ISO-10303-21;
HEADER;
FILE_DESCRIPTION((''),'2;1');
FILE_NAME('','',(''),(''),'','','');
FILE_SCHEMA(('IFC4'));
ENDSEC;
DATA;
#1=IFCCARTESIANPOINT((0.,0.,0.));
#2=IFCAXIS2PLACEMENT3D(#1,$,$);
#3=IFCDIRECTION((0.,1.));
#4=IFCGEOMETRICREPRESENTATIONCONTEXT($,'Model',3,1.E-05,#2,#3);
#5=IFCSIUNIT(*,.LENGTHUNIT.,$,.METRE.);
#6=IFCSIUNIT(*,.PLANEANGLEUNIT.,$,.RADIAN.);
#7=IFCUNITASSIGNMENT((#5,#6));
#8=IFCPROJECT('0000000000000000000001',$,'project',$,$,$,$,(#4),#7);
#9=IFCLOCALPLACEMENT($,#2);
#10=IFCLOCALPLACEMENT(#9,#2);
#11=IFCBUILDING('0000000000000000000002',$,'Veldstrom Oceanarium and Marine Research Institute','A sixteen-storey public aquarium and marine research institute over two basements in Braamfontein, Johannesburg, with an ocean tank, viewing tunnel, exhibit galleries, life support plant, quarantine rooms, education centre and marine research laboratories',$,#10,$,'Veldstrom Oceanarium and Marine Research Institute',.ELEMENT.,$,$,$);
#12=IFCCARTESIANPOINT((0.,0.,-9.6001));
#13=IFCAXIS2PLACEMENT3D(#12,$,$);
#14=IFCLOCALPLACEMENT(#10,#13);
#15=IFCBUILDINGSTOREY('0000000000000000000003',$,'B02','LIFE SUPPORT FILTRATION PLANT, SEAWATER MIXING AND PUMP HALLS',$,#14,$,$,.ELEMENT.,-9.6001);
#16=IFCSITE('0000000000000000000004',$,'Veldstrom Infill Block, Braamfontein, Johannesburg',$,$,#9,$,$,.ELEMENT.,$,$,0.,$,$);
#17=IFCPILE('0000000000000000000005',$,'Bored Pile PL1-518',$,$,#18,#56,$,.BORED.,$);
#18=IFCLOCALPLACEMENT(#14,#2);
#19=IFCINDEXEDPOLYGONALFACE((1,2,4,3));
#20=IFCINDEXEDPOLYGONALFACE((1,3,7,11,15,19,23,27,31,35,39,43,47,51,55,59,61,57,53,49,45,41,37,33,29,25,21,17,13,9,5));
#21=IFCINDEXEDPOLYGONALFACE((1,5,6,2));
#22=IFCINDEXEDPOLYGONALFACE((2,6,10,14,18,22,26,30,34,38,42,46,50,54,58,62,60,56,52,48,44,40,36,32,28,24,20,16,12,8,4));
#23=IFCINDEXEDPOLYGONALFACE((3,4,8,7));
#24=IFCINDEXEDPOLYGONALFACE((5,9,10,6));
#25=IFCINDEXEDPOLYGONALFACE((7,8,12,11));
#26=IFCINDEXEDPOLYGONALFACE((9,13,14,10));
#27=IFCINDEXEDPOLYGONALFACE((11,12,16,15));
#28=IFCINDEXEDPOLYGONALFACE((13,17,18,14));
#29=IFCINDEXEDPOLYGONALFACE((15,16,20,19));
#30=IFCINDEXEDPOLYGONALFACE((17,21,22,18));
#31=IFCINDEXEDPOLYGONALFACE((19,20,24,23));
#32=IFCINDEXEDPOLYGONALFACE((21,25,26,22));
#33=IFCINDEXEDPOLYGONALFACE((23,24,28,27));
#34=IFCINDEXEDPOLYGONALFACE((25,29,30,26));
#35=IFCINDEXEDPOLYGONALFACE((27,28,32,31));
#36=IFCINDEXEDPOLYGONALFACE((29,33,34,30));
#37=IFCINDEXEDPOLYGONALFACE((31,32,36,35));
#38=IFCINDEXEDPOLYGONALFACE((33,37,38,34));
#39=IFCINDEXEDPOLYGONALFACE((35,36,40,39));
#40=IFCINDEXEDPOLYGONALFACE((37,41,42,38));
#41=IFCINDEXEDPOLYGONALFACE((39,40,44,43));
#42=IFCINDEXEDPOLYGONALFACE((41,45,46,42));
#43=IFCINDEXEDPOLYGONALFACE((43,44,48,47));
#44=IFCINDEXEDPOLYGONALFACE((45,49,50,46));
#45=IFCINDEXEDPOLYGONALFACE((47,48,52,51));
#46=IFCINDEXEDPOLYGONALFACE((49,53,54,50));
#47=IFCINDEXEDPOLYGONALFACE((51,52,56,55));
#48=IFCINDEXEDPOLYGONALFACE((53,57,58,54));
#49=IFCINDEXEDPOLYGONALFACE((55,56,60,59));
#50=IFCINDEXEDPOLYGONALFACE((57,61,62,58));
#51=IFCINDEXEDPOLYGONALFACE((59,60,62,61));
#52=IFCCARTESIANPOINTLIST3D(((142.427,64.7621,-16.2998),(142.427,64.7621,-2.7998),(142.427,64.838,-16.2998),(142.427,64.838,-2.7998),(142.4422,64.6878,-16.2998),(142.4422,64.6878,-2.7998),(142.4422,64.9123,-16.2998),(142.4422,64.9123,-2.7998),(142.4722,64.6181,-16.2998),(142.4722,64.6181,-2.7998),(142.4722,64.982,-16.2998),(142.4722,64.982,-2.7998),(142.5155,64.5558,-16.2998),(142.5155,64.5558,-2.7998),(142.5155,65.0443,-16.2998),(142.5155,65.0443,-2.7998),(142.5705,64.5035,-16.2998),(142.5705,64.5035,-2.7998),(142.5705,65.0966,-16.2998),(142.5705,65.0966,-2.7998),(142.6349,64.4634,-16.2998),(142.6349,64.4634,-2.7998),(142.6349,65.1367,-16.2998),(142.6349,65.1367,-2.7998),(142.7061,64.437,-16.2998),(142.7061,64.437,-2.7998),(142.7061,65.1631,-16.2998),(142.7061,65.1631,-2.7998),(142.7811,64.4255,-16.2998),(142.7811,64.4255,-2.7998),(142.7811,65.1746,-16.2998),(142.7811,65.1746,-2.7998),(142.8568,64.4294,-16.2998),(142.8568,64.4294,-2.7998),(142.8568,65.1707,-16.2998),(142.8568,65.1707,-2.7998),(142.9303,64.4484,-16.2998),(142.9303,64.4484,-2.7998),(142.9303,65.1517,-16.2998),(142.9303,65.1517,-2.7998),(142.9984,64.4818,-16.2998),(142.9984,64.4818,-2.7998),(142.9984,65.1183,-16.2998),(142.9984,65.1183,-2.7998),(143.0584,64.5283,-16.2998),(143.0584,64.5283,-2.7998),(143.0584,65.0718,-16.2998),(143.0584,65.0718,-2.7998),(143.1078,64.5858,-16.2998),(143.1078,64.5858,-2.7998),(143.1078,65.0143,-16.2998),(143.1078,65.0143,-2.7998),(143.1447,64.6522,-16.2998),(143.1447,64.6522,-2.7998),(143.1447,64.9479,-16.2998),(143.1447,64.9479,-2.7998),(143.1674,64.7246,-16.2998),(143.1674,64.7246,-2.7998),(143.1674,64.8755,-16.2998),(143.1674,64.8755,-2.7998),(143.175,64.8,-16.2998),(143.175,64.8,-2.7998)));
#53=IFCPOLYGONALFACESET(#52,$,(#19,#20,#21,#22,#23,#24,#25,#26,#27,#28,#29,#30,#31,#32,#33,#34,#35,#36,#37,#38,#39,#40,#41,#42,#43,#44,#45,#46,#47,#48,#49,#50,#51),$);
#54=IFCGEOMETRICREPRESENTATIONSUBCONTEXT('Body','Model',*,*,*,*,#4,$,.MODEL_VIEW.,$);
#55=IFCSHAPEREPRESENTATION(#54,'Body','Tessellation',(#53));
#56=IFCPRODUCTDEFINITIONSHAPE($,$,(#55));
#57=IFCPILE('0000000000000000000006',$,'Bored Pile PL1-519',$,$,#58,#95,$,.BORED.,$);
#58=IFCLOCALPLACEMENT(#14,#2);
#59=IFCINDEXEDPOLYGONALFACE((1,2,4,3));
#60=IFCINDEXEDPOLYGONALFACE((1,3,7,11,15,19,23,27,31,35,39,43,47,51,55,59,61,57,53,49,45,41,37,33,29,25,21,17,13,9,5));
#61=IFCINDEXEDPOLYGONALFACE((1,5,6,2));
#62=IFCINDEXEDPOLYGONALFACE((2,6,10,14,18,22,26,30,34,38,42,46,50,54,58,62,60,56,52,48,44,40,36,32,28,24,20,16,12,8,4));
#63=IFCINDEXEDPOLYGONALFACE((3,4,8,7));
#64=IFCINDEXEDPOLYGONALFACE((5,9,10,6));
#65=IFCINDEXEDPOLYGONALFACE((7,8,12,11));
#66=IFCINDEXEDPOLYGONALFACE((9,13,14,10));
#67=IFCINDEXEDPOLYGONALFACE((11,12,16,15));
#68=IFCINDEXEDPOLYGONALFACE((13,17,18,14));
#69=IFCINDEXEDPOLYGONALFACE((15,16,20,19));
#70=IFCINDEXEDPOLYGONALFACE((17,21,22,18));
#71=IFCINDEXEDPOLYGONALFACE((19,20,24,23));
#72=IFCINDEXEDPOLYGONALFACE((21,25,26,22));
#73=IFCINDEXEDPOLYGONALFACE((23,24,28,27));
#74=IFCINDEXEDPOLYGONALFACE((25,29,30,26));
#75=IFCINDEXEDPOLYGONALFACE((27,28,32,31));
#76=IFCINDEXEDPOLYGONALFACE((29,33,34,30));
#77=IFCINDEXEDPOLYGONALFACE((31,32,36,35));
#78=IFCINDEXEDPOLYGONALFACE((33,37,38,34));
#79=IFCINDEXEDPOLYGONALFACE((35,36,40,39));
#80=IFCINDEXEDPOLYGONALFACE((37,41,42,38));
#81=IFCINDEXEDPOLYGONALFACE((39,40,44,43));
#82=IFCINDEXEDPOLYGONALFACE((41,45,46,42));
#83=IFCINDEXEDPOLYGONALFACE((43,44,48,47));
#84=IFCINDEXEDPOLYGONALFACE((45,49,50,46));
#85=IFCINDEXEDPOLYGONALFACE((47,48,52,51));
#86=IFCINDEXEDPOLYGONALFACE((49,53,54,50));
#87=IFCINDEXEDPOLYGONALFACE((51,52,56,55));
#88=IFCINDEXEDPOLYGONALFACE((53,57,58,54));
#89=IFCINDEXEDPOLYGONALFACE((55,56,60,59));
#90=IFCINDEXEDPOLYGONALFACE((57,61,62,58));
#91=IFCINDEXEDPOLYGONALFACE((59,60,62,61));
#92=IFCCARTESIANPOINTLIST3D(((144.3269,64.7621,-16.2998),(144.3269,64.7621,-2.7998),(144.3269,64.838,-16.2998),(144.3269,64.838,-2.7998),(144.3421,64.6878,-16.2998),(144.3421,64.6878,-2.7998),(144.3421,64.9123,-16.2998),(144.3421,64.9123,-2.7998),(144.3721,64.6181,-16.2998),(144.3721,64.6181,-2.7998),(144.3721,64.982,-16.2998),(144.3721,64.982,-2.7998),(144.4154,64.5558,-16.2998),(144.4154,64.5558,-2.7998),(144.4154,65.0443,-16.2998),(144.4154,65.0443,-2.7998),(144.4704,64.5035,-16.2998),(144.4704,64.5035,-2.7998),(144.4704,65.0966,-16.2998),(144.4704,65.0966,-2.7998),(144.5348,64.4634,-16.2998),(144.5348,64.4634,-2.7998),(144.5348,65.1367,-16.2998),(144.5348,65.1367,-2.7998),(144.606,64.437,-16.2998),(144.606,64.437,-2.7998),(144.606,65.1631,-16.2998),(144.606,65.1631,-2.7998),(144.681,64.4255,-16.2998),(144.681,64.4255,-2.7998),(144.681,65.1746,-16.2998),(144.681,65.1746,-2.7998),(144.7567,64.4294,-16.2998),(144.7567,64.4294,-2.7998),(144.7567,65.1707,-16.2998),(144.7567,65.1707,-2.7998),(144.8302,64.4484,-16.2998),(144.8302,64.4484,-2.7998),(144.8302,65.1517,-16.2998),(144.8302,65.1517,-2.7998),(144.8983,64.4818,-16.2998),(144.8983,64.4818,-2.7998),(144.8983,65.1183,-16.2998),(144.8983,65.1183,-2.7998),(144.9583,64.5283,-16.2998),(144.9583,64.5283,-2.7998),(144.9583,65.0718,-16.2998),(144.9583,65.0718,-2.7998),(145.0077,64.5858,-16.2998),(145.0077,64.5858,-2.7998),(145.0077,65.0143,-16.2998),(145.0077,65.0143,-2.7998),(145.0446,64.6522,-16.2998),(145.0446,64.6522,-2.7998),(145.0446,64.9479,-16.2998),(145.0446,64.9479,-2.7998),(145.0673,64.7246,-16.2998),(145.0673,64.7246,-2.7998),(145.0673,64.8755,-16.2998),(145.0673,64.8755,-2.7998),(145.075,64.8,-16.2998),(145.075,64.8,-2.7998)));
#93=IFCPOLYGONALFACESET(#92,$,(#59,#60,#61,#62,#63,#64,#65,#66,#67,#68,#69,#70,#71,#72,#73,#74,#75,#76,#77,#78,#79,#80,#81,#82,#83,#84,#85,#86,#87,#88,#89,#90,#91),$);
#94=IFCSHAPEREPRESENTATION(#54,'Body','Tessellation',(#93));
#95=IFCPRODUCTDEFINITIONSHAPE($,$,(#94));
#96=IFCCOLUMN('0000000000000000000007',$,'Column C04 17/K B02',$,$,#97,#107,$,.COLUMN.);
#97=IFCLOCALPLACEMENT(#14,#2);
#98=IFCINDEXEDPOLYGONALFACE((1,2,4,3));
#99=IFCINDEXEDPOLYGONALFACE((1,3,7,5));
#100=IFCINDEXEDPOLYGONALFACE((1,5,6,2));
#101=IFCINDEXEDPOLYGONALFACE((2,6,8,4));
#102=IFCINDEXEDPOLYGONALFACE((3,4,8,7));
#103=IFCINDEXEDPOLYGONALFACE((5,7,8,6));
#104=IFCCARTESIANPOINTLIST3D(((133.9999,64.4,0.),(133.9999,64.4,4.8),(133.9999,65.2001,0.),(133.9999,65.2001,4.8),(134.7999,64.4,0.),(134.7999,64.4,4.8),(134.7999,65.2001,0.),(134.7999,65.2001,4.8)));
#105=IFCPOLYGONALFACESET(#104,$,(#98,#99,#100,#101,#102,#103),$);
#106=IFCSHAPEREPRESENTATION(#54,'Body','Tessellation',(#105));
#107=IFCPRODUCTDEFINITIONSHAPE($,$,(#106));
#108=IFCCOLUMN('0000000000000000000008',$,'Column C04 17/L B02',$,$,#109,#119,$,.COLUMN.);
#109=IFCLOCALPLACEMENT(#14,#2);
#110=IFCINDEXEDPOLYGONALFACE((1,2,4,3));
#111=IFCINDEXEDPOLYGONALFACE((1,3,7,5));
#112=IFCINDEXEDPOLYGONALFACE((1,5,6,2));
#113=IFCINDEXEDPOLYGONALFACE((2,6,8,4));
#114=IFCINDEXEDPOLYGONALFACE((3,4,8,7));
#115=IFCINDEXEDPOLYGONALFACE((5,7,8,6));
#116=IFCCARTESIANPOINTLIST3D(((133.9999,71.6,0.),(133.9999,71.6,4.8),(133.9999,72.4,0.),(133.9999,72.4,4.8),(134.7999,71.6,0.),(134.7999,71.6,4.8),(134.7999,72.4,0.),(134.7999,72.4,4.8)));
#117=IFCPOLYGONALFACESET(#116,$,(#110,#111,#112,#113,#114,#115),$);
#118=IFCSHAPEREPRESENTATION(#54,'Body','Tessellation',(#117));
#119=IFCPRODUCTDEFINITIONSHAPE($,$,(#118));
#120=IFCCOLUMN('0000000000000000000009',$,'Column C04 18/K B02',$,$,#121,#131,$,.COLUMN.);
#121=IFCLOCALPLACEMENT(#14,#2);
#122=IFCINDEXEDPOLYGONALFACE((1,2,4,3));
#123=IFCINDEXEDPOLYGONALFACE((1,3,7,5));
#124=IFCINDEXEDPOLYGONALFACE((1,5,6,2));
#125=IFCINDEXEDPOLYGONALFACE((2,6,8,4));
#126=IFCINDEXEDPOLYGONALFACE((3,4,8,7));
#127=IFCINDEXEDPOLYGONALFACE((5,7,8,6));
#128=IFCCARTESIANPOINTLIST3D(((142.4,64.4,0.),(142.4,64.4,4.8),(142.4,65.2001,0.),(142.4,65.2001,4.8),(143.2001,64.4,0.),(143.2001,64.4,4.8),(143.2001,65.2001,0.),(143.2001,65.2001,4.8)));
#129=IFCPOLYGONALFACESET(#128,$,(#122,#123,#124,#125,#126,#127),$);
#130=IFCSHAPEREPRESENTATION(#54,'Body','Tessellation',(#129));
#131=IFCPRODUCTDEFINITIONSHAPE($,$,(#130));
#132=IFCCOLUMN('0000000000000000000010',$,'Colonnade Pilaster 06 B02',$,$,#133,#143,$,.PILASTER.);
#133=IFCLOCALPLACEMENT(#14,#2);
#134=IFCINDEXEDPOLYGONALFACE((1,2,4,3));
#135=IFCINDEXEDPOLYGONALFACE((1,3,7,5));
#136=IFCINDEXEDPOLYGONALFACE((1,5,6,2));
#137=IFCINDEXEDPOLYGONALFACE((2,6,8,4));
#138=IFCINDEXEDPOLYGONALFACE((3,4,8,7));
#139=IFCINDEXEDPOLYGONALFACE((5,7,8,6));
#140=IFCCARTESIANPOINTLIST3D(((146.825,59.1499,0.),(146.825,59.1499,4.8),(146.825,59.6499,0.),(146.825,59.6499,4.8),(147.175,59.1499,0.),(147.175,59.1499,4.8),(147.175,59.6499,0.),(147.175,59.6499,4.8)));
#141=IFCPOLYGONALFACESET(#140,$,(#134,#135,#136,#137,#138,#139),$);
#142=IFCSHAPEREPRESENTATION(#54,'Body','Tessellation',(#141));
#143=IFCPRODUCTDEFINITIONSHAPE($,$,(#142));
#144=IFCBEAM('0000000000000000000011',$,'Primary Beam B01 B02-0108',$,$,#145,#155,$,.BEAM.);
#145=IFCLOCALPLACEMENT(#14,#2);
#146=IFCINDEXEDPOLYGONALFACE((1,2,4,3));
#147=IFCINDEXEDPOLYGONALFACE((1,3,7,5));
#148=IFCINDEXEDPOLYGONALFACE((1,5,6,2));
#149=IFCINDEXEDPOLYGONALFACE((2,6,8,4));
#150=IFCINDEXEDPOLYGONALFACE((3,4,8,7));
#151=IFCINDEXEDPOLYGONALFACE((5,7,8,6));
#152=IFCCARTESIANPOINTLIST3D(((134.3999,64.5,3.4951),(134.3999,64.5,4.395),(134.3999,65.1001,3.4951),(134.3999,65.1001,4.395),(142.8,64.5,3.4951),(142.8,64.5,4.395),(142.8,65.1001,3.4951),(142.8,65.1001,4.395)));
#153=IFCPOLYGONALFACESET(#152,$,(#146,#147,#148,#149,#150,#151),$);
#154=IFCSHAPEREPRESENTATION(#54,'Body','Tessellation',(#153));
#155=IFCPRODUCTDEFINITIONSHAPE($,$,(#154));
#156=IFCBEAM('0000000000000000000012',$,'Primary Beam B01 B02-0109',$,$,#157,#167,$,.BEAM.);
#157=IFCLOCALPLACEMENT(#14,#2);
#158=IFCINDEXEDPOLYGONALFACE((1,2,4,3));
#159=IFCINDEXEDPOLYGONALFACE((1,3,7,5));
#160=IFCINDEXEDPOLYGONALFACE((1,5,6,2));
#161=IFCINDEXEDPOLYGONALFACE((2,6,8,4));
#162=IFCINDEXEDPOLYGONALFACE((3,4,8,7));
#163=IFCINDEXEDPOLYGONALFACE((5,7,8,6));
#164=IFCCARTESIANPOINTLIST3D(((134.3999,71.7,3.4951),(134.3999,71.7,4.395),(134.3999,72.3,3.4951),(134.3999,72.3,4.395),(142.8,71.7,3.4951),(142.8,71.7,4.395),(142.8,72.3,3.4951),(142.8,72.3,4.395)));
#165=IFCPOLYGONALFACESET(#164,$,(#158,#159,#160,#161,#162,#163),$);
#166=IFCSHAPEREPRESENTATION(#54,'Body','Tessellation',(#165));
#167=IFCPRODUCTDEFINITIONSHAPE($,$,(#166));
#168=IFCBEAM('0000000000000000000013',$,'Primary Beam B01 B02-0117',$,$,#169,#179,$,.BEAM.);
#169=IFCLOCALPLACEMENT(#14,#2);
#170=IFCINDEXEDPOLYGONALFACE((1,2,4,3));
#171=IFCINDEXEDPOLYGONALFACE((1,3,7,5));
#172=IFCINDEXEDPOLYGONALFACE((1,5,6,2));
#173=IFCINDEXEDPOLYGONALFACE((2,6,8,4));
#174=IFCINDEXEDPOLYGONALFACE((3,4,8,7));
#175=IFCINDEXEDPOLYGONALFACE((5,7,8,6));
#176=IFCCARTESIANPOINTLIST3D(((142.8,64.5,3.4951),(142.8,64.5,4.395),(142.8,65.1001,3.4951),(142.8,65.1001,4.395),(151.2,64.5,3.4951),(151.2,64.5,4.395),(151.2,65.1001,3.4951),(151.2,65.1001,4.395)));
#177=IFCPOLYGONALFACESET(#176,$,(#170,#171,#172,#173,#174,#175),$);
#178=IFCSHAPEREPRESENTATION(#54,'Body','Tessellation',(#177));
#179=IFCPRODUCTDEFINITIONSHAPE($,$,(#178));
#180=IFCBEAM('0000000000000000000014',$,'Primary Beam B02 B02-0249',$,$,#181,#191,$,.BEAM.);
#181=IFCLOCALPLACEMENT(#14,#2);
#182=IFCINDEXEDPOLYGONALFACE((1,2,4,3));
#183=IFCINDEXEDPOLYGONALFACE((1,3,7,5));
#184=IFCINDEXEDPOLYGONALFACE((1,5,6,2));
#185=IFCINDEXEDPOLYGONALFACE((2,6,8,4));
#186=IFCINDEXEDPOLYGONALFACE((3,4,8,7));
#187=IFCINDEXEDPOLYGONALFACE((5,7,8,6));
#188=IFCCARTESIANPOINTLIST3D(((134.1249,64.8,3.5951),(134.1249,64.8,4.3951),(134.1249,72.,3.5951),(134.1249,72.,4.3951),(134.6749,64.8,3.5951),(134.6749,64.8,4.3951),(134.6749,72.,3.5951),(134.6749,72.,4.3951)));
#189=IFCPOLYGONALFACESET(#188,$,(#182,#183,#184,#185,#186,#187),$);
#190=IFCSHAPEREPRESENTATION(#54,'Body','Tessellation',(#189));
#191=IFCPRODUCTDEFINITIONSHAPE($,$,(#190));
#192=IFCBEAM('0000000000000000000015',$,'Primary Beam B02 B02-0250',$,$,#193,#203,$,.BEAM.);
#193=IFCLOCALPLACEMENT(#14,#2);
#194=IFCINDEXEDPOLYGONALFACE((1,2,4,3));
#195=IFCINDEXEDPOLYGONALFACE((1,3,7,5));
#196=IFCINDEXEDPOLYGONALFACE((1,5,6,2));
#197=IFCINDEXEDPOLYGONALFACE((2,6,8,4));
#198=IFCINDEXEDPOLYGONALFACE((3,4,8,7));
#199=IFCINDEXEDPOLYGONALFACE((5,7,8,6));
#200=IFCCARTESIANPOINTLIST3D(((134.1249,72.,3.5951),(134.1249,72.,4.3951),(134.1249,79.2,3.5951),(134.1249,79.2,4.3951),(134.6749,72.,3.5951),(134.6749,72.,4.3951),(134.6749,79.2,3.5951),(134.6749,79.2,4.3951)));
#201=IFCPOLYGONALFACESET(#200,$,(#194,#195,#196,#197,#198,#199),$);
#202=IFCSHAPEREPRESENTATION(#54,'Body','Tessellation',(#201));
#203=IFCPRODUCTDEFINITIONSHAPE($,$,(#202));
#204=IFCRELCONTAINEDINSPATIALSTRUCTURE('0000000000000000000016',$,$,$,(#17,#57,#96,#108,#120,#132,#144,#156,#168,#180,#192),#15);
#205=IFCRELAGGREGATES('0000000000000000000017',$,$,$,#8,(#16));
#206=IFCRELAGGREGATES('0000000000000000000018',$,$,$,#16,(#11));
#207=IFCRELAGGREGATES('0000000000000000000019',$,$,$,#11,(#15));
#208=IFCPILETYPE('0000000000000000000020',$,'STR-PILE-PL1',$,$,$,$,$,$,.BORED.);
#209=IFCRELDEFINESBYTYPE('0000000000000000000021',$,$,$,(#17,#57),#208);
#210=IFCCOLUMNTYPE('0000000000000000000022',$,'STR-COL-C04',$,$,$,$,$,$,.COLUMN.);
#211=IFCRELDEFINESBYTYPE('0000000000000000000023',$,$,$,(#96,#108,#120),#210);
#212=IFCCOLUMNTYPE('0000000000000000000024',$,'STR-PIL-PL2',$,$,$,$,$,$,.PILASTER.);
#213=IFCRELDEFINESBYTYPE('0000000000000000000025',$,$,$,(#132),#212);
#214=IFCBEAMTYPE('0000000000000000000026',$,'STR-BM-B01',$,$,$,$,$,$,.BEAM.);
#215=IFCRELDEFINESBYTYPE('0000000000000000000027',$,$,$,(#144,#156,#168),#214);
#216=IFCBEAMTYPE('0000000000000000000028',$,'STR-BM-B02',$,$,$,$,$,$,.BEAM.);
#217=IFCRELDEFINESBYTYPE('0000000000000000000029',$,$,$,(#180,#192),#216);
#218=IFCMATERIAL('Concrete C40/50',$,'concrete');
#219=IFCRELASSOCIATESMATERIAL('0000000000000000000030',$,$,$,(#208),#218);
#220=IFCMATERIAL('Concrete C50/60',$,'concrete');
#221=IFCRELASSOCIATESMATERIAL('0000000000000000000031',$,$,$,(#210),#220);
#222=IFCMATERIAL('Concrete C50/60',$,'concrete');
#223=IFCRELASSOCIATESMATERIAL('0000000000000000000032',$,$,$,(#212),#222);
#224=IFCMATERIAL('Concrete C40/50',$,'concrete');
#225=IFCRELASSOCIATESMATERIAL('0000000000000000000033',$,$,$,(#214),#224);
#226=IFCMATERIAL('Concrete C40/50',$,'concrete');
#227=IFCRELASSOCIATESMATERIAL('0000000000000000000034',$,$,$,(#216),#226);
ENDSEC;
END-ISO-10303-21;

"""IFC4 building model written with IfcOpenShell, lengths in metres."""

from ifc_helpers import new_model, si_unit, direction, frame, origin, origin_2d, place, context, subcontext, project, spatial, rectangle, circle, extrude, material, material_profile, profile_set, type_object, element, save


model = new_model("IFC4")

# Units and contexts
model_context = context("Model", 3, precision=1e-05, world=origin(), true_north=direction((0.0, 1.0)))
body_context = subcontext(model_context, "Body", "Model", "MODEL_VIEW")
ifc_project = project(units=[si_unit("LENGTHUNIT", "METRE"), si_unit("PLANEANGLEUNIT", "RADIAN")], contexts=[model_context])

# Site, building, storey
site_placement = place(None, origin())
site = spatial("IfcSite", under=ifc_project, at=site_placement, Name="Veldstrom Infill Block, Braamfontein, Johannesburg", CompositionType="ELEMENT", RefElevation=0.0)
building_placement = place(site_placement, origin())
building = spatial("IfcBuilding", under=site, at=building_placement, Name="Veldstrom Oceanarium and Marine Research Institute", Description="A sixteen-storey public aquarium and marine research institute over two basements in Braamfontein, Johannesburg, with an ocean tank, viewing tunnel, exhibit galleries, life support plant, quarantine rooms, education centre and marine research laboratories", LongName="Veldstrom Oceanarium and Marine Research Institute", CompositionType="ELEMENT")
storey_placement = place(building_placement, frame((0.0, 0.0, -9.6001)))
storey = spatial("IfcBuildingStorey", under=building, at=storey_placement, Name="B02", Description="LIFE SUPPORT FILTRATION PLANT, SEAWATER MIXING AND PUMP HALLS", CompositionType="ELEMENT", Elevation=-9.6001)

# Piles
ifc_material_1 = material(Name="Concrete C40/50", Category="concrete")
ifc_material_profile_1 = material_profile(ifc_material_1, circle(Radius=0.375, at=origin_2d()), Name="PILE-D750")
ifc_profile_set_1 = profile_set([ifc_material_profile_1], Name="Concrete C40/50")
pile_type = type_object("IfcPileType", Name="STR-PILE-PL1", PredefinedType="BORED", material=ifc_profile_set_1)
for number, where, z_axis, x_axis, name in (
    (1, (142.8, 64.8, -2.7998), (0.0, 0.0, -1.0), (1.0, 0.0, 0.0), "Bored Pile PL1-518"),
    (2, (144.7, 64.8, -2.7998), (0.0, 0.0, -1.0), (1.0, 0.0, 0.0), "Bored Pile PL1-519"),
):
    element("IfcPile", number, at=place(storey_placement, frame(where, z_axis=z_axis, x_axis=x_axis)), inside=storey, type_object=pile_type, Name=name, PredefinedType="BORED", context=body_context, shape_type="SweptSolid", body=[
        extrude(circle(Radius=0.375, at=origin_2d()), origin(), (0.0, 0.0, 1.0), 13.5),
    ])

# Columns
ifc_material_2 = material(Name="Concrete C50/60", Category="concrete")
ifc_material_profile_2 = material_profile(ifc_material_2, rectangle(XDim=0.8, YDim=0.8, at=origin_2d()), Name="RC-COL-800x800")
ifc_profile_set_2 = profile_set([ifc_material_profile_2], Name="Concrete C50/60")
column_type_1 = type_object("IfcColumnType", Name="STR-COL-C04", PredefinedType="COLUMN", material=ifc_profile_set_2)
for number, where, z_axis, x_axis, name in (
    (3, (134.3999, 64.8, 0.0), (0.0, 0.0, 1.0), (1.0, 0.0, 0.0), "Column C04 17/K B02"),
    (4, (134.3999, 72.0, 0.0), (0.0, 0.0, 1.0), (1.0, 0.0, 0.0), "Column C04 17/L B02"),
    (5, (142.8, 64.8, 0.0), (0.0, 0.0, 1.0), (1.0, 0.0, 0.0), "Column C04 18/K B02"),
):
    element("IfcColumn", number, at=place(storey_placement, frame(where, z_axis=z_axis, x_axis=x_axis)), inside=storey, type_object=column_type_1, Name=name, PredefinedType="COLUMN", context=body_context, shape_type="SweptSolid", body=[
        extrude(rectangle(XDim=0.8, YDim=0.8, at=origin_2d()), origin(), (0.0, 0.0, 1.0), 4.8),
    ])
ifc_material_3 = material(Name="Concrete C50/60", Category="concrete")
ifc_material_profile_3 = material_profile(ifc_material_3, rectangle(XDim=0.3501, YDim=0.5, at=origin_2d()), Name="RC-PIL-500x350")
ifc_profile_set_3 = profile_set([ifc_material_profile_3], Name="Concrete C50/60")
column_type_2 = type_object("IfcColumnType", Name="STR-PIL-PL2", PredefinedType="PILASTER", material=ifc_profile_set_3)
column_placement = place(storey_placement, frame((147.0, 59.3999, 0.0), z_axis=(0.0, 0.0, 1.0), x_axis=(1.0, 0.0, 0.0)))
element("IfcColumn", 6, at=column_placement, inside=storey, type_object=column_type_2, Name="Colonnade Pilaster 06 B02", PredefinedType="PILASTER", context=body_context, shape_type="SweptSolid", body=[
    extrude(rectangle(XDim=0.3501, YDim=0.5, at=origin_2d()), origin(), (0.0, 0.0, 1.0), 4.8),
])

# Beams
ifc_material_4 = material(Name="Concrete C40/50", Category="concrete")
ifc_material_profile_4 = material_profile(ifc_material_4, rectangle(XDim=0.6001, YDim=0.8999, at=origin_2d()), Name="RC-BM-600x900")
ifc_profile_set_4 = profile_set([ifc_material_profile_4], Name="Concrete C40/50")
beam_type_1 = type_object("IfcBeamType", Name="STR-BM-B01", PredefinedType="BEAM", material=ifc_profile_set_4)
for number, where, z_axis, x_axis, name in (
    (7, (134.3999, 64.8, 3.9451), (1.0, 0.0, 0.0), (0.0, 1.0, 0.0), "Primary Beam B01 B02-0108"),
    (8, (134.3999, 72.0, 3.9451), (1.0, 0.0, 0.0), (0.0, 1.0, 0.0), "Primary Beam B01 B02-0109"),
):
    element("IfcBeam", number, at=place(storey_placement, frame(where, z_axis=z_axis, x_axis=x_axis)), inside=storey, type_object=beam_type_1, Name=name, PredefinedType="BEAM", context=body_context, shape_type="SweptSolid", body=[
        extrude(rectangle(XDim=0.6001, YDim=0.8999, at=origin_2d()), origin(), (0.0, 0.0, 1.0), 8.4001),
    ])
beam_placement = place(storey_placement, frame((142.8, 64.8, 3.9451), z_axis=(1.0, 0.0, 0.0), x_axis=(0.0, 1.0, 0.0)))
element("IfcBeam", 9, at=beam_placement, inside=storey, type_object=beam_type_1, Name="Primary Beam B01 B02-0117", PredefinedType="BEAM", context=body_context, shape_type="SweptSolid", body=[
    extrude(rectangle(XDim=0.6001, YDim=0.8999, at=origin_2d()), origin(), (0.0, 0.0, 1.0), 8.3999),
])
ifc_material_5 = material(Name="Concrete C40/50", Category="concrete")
ifc_material_profile_5 = material_profile(ifc_material_5, rectangle(XDim=0.55, YDim=0.8, at=origin_2d()), Name="RC-BM-550x800")
ifc_profile_set_5 = profile_set([ifc_material_profile_5], Name="Concrete C40/50")
beam_type_2 = type_object("IfcBeamType", Name="STR-BM-B02", PredefinedType="BEAM", material=ifc_profile_set_5)
for number, where, z_axis, x_axis, name in (
    (10, (134.3999, 64.8, 3.9951), (0.0, 1.0, 0.0), (-1.0, 0.0, 0.0), "Primary Beam B02 B02-0249"),
    (11, (134.3999, 72.0, 3.9951), (0.0, 1.0, 0.0), (-1.0, 0.0, 0.0), "Primary Beam B02 B02-0250"),
):
    element("IfcBeam", number, at=place(storey_placement, frame(where, z_axis=z_axis, x_axis=x_axis)), inside=storey, type_object=beam_type_2, Name=name, PredefinedType="BEAM", context=body_context, shape_type="SweptSolid", body=[
        extrude(rectangle(XDim=0.55, YDim=0.8, at=origin_2d()), origin(), (0.0, 0.0, 1.0), 7.2),
    ])

save(model, "model.ifc")
